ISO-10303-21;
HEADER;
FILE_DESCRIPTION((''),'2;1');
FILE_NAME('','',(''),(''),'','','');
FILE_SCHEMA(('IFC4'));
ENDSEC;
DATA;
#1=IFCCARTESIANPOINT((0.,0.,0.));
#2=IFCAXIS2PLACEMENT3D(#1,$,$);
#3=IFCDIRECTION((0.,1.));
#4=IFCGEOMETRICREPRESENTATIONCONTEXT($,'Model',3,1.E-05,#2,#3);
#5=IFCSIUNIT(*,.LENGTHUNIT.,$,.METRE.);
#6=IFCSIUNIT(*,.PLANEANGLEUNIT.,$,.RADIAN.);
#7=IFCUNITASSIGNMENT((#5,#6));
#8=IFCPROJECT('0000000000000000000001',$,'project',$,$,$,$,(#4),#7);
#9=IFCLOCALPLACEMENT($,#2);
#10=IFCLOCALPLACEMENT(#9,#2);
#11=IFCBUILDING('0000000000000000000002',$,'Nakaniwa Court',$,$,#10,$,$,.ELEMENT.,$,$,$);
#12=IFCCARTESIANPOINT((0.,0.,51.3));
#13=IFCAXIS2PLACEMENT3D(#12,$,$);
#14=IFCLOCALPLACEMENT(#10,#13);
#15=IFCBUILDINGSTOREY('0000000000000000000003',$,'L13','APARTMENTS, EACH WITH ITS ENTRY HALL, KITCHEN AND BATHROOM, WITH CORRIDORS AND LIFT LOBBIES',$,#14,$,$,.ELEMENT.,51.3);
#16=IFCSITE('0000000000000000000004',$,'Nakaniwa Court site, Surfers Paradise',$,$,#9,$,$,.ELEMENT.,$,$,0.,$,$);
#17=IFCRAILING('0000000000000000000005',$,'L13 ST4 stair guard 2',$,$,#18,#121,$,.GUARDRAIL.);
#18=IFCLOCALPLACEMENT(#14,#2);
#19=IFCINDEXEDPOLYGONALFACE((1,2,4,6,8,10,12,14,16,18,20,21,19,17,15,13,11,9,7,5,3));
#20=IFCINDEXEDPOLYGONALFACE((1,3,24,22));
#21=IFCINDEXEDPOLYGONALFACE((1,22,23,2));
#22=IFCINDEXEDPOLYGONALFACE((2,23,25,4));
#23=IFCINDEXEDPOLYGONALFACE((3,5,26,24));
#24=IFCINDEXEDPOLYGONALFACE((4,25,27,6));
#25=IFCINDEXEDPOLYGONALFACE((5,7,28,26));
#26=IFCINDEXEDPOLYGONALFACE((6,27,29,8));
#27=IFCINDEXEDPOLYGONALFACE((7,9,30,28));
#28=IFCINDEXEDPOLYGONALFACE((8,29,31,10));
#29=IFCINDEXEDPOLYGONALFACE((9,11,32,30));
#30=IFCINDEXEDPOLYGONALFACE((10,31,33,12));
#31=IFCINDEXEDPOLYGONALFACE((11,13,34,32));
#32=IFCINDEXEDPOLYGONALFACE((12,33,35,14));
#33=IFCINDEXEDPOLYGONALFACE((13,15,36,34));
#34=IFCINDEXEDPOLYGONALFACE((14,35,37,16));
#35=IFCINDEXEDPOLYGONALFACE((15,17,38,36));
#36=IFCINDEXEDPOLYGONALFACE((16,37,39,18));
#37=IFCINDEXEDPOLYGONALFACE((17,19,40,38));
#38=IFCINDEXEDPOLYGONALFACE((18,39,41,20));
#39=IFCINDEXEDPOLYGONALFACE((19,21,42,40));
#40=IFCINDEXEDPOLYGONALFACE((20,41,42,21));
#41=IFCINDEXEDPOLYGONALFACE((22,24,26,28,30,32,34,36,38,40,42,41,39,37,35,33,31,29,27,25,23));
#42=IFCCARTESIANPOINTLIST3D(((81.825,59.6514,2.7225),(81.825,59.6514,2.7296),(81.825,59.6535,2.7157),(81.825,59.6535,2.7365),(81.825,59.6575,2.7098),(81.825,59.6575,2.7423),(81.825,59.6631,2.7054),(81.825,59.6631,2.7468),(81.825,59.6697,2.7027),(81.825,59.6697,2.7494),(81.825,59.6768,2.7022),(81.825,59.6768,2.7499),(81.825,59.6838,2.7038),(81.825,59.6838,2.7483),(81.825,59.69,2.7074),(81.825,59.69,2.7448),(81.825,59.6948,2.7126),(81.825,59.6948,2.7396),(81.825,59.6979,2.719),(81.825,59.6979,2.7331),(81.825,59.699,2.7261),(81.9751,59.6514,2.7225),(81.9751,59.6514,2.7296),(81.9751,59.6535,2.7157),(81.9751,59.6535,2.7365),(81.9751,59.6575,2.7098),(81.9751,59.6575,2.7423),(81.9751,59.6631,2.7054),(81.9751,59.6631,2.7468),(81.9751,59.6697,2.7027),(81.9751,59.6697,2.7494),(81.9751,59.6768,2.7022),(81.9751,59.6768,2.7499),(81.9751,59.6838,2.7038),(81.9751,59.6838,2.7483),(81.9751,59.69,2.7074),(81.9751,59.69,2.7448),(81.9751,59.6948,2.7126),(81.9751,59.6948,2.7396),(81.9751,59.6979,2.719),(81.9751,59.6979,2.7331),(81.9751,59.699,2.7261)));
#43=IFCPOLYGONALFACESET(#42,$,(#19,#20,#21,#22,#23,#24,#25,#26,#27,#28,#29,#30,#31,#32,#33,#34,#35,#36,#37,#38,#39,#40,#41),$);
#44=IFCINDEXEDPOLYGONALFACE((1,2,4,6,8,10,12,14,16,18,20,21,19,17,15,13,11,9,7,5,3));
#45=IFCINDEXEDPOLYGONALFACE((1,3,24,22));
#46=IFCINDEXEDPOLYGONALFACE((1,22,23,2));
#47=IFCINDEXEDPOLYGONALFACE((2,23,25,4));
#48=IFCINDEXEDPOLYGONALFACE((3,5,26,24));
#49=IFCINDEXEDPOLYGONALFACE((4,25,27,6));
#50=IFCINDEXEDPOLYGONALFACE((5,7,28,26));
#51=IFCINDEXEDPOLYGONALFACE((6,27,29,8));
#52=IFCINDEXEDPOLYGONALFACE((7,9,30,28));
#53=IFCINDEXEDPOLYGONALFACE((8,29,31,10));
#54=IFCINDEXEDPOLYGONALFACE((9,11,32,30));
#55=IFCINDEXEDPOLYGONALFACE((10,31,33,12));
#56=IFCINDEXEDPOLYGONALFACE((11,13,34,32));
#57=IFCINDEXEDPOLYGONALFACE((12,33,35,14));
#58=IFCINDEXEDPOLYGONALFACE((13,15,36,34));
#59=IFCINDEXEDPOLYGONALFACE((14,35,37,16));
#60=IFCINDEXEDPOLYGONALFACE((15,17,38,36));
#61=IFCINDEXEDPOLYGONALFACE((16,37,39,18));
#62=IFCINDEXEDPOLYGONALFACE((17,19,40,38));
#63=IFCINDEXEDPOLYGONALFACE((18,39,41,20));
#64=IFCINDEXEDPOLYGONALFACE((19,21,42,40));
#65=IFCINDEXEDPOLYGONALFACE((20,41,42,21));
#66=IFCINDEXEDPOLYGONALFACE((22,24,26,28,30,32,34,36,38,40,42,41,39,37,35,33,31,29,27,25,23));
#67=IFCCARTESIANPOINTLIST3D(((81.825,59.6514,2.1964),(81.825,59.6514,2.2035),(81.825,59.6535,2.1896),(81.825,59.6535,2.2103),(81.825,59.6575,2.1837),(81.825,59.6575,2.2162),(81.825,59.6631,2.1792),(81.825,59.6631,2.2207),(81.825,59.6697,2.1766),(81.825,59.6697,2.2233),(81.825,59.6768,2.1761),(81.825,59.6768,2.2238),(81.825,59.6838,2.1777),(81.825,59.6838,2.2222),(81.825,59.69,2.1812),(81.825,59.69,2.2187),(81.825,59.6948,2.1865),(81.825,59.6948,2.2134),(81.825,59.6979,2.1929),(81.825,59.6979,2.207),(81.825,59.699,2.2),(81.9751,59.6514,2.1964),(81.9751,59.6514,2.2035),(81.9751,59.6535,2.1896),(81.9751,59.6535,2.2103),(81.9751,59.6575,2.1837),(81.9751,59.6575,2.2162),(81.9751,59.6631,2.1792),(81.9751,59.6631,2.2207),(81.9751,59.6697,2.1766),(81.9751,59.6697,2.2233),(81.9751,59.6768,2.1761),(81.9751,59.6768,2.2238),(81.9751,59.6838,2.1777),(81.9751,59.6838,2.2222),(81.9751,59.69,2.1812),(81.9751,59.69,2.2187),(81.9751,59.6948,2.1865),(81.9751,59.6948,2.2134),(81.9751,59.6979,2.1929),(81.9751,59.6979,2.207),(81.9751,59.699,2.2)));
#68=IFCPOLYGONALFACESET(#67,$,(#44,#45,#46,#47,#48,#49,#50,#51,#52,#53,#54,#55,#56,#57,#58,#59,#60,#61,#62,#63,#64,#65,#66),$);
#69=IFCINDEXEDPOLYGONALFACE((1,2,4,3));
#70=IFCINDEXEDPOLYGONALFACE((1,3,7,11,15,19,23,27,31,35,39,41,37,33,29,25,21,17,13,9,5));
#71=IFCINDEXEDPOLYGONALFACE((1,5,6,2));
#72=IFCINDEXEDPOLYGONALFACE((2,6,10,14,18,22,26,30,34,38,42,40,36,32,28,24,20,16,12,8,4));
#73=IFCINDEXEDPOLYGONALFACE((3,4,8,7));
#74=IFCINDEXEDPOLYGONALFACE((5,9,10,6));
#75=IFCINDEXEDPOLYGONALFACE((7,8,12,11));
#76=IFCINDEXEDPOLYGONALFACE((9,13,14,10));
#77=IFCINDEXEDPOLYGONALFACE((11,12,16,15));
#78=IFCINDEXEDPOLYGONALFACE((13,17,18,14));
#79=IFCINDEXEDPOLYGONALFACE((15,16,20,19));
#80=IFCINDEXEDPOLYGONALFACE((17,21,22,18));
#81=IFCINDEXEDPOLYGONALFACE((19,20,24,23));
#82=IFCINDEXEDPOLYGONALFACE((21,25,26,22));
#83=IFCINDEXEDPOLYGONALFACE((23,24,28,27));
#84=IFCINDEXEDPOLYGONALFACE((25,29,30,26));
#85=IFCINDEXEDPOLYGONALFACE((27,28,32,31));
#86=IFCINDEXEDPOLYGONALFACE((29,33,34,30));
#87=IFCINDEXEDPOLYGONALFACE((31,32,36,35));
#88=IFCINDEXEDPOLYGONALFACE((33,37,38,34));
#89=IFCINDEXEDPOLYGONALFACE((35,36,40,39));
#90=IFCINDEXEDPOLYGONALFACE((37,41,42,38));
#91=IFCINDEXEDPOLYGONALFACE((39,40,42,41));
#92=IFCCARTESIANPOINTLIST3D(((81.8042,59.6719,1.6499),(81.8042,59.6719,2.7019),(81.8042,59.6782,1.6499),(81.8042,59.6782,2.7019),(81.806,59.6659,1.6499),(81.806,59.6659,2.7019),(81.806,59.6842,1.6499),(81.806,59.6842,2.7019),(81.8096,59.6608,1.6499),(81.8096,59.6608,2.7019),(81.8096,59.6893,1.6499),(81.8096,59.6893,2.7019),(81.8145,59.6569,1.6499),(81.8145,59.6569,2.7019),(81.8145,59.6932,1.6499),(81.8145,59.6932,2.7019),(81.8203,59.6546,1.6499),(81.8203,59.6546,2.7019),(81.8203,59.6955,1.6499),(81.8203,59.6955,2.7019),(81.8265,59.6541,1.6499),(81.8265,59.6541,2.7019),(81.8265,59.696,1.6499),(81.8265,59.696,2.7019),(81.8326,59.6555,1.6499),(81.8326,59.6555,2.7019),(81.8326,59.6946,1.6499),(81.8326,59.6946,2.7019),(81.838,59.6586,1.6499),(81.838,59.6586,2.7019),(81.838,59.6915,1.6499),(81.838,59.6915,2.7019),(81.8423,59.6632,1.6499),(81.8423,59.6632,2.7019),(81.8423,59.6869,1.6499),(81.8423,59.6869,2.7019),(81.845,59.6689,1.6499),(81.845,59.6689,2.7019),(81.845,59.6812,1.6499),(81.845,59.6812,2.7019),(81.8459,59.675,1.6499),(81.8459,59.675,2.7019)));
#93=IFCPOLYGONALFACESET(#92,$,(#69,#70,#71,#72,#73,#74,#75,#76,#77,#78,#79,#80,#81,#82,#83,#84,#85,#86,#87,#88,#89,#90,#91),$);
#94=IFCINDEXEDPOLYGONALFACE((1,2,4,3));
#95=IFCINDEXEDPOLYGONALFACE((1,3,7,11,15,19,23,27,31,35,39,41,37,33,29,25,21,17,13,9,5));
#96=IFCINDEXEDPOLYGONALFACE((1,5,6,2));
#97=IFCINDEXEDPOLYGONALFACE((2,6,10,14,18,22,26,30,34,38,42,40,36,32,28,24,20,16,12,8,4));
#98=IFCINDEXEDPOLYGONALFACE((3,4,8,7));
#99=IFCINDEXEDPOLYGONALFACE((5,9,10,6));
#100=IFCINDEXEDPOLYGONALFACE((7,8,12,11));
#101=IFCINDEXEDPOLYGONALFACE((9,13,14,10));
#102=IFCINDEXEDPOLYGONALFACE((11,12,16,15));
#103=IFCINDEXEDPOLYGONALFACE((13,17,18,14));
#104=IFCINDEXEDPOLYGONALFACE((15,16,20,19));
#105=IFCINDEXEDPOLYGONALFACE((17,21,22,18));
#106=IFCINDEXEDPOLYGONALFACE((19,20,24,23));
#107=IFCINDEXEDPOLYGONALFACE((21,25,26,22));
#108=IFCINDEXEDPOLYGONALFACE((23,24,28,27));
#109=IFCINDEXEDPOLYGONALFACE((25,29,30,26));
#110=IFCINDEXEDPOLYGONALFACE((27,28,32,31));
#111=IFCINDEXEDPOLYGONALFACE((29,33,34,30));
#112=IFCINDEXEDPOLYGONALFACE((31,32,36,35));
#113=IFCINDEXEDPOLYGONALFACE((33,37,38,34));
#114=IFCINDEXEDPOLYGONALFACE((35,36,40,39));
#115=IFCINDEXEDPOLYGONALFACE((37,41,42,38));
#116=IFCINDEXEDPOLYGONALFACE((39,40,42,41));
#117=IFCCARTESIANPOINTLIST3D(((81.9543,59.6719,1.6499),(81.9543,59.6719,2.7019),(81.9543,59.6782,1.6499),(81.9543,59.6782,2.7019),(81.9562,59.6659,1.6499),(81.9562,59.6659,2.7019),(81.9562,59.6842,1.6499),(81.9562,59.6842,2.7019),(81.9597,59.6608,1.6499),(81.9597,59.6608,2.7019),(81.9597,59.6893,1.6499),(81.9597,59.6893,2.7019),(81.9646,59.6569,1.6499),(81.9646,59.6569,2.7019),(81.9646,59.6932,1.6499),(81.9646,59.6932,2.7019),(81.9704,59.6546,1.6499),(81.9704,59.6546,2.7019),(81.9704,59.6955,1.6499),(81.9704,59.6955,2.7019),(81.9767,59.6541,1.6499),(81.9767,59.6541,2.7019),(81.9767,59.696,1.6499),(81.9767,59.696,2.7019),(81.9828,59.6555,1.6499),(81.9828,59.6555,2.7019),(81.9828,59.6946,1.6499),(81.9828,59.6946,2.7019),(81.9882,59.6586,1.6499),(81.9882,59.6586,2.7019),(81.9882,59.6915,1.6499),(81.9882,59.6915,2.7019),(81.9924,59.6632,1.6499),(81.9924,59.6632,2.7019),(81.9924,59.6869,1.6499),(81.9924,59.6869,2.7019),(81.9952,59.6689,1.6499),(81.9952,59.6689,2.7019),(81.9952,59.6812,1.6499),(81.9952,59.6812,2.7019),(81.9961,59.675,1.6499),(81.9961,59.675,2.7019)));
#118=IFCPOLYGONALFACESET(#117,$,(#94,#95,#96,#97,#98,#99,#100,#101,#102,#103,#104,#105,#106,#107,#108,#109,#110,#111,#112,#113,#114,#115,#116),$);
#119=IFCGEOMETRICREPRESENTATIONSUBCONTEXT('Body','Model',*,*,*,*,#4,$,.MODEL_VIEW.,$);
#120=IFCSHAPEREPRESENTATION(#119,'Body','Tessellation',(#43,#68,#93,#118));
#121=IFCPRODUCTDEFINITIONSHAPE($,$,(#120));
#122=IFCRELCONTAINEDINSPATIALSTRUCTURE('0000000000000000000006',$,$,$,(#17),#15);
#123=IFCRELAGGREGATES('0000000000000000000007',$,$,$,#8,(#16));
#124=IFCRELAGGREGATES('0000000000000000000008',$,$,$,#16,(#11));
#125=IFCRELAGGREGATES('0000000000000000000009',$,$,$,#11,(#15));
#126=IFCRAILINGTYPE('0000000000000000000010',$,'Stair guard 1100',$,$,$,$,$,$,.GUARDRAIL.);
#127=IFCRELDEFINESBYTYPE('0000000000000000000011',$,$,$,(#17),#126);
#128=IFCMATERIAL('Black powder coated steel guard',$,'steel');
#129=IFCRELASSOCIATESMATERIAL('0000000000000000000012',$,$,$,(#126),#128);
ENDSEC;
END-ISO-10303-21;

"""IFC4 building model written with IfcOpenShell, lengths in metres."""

from ifc_helpers import new_model, si_unit, direction, frame, origin, origin_2d, place, context, subcontext, project, spatial, circle, extrude, material, type_object, element, save


model = new_model("IFC4")

# Units and contexts
model_context = context("Model", 3, precision=1e-05, world=origin(), true_north=direction((0.0, 1.0)))
body_context = subcontext(model_context, "Body", "Model", "MODEL_VIEW")
ifc_project = project(units=[si_unit("LENGTHUNIT", "METRE"), si_unit("PLANEANGLEUNIT", "RADIAN")], contexts=[model_context])

# Site, building, storey
site_placement = place(None, origin())
site = spatial("IfcSite", under=ifc_project, at=site_placement, Name="Nakaniwa Court site, Surfers Paradise", CompositionType="ELEMENT", RefElevation=0.0)
building_placement = place(site_placement, origin())
building = spatial("IfcBuilding", under=site, at=building_placement, Name="Nakaniwa Court", CompositionType="ELEMENT")
storey_placement = place(building_placement, frame((0.0, 0.0, 51.3)))
storey = spatial("IfcBuildingStorey", under=building, at=storey_placement, Name="L13", Description="APARTMENTS, EACH WITH ITS ENTRY HALL, KITCHEN AND BATHROOM, WITH CORRIDORS AND LIFT LOBBIES", CompositionType="ELEMENT", Elevation=51.3)

# Railing
ifc_material_1 = material(Name="Black powder coated steel guard", Category="steel")
railing_type_1 = type_object("IfcRailingType", Name="Stair guard 1100", PredefinedType="GUARDRAIL", material=ifc_material_1)
railing_1_placement = place(storey_placement, frame((81.825, 59.675, 1.6499)))
element("IfcRailing", 1, at=railing_1_placement, inside=storey, type_object=railing_type_1, Name="L13 ST4 stair guard 2", PredefinedType="GUARDRAIL", context=body_context, shape_type="SweptSolid", body=[
    extrude(circle(Radius=0.0239, at=origin_2d()), frame((0.0, 0.0, 1.0762), z_axis=(1.0, 0.0, 0.0), x_axis=(0.0, 1.0, 0.0)), (0.0, 0.0, 1.0), 0.1501),
    extrude(circle(Radius=0.0239, at=origin_2d()), frame((0.0, 0.0, 0.55), z_axis=(1.0, 0.0, 0.0), x_axis=(0.0, 1.0, 0.0)), (0.0, 0.0, 1.0), 0.1501),
    extrude(circle(Radius=0.021, at=origin_2d()), origin(), (0.0, 0.0, 1.0), 1.052),
    extrude(circle(Radius=0.021, at=origin_2d()), frame((0.1501, 0.0, 0.0)), (0.0, 0.0, 1.0), 1.052),
])

save(model, "model.ifc")
